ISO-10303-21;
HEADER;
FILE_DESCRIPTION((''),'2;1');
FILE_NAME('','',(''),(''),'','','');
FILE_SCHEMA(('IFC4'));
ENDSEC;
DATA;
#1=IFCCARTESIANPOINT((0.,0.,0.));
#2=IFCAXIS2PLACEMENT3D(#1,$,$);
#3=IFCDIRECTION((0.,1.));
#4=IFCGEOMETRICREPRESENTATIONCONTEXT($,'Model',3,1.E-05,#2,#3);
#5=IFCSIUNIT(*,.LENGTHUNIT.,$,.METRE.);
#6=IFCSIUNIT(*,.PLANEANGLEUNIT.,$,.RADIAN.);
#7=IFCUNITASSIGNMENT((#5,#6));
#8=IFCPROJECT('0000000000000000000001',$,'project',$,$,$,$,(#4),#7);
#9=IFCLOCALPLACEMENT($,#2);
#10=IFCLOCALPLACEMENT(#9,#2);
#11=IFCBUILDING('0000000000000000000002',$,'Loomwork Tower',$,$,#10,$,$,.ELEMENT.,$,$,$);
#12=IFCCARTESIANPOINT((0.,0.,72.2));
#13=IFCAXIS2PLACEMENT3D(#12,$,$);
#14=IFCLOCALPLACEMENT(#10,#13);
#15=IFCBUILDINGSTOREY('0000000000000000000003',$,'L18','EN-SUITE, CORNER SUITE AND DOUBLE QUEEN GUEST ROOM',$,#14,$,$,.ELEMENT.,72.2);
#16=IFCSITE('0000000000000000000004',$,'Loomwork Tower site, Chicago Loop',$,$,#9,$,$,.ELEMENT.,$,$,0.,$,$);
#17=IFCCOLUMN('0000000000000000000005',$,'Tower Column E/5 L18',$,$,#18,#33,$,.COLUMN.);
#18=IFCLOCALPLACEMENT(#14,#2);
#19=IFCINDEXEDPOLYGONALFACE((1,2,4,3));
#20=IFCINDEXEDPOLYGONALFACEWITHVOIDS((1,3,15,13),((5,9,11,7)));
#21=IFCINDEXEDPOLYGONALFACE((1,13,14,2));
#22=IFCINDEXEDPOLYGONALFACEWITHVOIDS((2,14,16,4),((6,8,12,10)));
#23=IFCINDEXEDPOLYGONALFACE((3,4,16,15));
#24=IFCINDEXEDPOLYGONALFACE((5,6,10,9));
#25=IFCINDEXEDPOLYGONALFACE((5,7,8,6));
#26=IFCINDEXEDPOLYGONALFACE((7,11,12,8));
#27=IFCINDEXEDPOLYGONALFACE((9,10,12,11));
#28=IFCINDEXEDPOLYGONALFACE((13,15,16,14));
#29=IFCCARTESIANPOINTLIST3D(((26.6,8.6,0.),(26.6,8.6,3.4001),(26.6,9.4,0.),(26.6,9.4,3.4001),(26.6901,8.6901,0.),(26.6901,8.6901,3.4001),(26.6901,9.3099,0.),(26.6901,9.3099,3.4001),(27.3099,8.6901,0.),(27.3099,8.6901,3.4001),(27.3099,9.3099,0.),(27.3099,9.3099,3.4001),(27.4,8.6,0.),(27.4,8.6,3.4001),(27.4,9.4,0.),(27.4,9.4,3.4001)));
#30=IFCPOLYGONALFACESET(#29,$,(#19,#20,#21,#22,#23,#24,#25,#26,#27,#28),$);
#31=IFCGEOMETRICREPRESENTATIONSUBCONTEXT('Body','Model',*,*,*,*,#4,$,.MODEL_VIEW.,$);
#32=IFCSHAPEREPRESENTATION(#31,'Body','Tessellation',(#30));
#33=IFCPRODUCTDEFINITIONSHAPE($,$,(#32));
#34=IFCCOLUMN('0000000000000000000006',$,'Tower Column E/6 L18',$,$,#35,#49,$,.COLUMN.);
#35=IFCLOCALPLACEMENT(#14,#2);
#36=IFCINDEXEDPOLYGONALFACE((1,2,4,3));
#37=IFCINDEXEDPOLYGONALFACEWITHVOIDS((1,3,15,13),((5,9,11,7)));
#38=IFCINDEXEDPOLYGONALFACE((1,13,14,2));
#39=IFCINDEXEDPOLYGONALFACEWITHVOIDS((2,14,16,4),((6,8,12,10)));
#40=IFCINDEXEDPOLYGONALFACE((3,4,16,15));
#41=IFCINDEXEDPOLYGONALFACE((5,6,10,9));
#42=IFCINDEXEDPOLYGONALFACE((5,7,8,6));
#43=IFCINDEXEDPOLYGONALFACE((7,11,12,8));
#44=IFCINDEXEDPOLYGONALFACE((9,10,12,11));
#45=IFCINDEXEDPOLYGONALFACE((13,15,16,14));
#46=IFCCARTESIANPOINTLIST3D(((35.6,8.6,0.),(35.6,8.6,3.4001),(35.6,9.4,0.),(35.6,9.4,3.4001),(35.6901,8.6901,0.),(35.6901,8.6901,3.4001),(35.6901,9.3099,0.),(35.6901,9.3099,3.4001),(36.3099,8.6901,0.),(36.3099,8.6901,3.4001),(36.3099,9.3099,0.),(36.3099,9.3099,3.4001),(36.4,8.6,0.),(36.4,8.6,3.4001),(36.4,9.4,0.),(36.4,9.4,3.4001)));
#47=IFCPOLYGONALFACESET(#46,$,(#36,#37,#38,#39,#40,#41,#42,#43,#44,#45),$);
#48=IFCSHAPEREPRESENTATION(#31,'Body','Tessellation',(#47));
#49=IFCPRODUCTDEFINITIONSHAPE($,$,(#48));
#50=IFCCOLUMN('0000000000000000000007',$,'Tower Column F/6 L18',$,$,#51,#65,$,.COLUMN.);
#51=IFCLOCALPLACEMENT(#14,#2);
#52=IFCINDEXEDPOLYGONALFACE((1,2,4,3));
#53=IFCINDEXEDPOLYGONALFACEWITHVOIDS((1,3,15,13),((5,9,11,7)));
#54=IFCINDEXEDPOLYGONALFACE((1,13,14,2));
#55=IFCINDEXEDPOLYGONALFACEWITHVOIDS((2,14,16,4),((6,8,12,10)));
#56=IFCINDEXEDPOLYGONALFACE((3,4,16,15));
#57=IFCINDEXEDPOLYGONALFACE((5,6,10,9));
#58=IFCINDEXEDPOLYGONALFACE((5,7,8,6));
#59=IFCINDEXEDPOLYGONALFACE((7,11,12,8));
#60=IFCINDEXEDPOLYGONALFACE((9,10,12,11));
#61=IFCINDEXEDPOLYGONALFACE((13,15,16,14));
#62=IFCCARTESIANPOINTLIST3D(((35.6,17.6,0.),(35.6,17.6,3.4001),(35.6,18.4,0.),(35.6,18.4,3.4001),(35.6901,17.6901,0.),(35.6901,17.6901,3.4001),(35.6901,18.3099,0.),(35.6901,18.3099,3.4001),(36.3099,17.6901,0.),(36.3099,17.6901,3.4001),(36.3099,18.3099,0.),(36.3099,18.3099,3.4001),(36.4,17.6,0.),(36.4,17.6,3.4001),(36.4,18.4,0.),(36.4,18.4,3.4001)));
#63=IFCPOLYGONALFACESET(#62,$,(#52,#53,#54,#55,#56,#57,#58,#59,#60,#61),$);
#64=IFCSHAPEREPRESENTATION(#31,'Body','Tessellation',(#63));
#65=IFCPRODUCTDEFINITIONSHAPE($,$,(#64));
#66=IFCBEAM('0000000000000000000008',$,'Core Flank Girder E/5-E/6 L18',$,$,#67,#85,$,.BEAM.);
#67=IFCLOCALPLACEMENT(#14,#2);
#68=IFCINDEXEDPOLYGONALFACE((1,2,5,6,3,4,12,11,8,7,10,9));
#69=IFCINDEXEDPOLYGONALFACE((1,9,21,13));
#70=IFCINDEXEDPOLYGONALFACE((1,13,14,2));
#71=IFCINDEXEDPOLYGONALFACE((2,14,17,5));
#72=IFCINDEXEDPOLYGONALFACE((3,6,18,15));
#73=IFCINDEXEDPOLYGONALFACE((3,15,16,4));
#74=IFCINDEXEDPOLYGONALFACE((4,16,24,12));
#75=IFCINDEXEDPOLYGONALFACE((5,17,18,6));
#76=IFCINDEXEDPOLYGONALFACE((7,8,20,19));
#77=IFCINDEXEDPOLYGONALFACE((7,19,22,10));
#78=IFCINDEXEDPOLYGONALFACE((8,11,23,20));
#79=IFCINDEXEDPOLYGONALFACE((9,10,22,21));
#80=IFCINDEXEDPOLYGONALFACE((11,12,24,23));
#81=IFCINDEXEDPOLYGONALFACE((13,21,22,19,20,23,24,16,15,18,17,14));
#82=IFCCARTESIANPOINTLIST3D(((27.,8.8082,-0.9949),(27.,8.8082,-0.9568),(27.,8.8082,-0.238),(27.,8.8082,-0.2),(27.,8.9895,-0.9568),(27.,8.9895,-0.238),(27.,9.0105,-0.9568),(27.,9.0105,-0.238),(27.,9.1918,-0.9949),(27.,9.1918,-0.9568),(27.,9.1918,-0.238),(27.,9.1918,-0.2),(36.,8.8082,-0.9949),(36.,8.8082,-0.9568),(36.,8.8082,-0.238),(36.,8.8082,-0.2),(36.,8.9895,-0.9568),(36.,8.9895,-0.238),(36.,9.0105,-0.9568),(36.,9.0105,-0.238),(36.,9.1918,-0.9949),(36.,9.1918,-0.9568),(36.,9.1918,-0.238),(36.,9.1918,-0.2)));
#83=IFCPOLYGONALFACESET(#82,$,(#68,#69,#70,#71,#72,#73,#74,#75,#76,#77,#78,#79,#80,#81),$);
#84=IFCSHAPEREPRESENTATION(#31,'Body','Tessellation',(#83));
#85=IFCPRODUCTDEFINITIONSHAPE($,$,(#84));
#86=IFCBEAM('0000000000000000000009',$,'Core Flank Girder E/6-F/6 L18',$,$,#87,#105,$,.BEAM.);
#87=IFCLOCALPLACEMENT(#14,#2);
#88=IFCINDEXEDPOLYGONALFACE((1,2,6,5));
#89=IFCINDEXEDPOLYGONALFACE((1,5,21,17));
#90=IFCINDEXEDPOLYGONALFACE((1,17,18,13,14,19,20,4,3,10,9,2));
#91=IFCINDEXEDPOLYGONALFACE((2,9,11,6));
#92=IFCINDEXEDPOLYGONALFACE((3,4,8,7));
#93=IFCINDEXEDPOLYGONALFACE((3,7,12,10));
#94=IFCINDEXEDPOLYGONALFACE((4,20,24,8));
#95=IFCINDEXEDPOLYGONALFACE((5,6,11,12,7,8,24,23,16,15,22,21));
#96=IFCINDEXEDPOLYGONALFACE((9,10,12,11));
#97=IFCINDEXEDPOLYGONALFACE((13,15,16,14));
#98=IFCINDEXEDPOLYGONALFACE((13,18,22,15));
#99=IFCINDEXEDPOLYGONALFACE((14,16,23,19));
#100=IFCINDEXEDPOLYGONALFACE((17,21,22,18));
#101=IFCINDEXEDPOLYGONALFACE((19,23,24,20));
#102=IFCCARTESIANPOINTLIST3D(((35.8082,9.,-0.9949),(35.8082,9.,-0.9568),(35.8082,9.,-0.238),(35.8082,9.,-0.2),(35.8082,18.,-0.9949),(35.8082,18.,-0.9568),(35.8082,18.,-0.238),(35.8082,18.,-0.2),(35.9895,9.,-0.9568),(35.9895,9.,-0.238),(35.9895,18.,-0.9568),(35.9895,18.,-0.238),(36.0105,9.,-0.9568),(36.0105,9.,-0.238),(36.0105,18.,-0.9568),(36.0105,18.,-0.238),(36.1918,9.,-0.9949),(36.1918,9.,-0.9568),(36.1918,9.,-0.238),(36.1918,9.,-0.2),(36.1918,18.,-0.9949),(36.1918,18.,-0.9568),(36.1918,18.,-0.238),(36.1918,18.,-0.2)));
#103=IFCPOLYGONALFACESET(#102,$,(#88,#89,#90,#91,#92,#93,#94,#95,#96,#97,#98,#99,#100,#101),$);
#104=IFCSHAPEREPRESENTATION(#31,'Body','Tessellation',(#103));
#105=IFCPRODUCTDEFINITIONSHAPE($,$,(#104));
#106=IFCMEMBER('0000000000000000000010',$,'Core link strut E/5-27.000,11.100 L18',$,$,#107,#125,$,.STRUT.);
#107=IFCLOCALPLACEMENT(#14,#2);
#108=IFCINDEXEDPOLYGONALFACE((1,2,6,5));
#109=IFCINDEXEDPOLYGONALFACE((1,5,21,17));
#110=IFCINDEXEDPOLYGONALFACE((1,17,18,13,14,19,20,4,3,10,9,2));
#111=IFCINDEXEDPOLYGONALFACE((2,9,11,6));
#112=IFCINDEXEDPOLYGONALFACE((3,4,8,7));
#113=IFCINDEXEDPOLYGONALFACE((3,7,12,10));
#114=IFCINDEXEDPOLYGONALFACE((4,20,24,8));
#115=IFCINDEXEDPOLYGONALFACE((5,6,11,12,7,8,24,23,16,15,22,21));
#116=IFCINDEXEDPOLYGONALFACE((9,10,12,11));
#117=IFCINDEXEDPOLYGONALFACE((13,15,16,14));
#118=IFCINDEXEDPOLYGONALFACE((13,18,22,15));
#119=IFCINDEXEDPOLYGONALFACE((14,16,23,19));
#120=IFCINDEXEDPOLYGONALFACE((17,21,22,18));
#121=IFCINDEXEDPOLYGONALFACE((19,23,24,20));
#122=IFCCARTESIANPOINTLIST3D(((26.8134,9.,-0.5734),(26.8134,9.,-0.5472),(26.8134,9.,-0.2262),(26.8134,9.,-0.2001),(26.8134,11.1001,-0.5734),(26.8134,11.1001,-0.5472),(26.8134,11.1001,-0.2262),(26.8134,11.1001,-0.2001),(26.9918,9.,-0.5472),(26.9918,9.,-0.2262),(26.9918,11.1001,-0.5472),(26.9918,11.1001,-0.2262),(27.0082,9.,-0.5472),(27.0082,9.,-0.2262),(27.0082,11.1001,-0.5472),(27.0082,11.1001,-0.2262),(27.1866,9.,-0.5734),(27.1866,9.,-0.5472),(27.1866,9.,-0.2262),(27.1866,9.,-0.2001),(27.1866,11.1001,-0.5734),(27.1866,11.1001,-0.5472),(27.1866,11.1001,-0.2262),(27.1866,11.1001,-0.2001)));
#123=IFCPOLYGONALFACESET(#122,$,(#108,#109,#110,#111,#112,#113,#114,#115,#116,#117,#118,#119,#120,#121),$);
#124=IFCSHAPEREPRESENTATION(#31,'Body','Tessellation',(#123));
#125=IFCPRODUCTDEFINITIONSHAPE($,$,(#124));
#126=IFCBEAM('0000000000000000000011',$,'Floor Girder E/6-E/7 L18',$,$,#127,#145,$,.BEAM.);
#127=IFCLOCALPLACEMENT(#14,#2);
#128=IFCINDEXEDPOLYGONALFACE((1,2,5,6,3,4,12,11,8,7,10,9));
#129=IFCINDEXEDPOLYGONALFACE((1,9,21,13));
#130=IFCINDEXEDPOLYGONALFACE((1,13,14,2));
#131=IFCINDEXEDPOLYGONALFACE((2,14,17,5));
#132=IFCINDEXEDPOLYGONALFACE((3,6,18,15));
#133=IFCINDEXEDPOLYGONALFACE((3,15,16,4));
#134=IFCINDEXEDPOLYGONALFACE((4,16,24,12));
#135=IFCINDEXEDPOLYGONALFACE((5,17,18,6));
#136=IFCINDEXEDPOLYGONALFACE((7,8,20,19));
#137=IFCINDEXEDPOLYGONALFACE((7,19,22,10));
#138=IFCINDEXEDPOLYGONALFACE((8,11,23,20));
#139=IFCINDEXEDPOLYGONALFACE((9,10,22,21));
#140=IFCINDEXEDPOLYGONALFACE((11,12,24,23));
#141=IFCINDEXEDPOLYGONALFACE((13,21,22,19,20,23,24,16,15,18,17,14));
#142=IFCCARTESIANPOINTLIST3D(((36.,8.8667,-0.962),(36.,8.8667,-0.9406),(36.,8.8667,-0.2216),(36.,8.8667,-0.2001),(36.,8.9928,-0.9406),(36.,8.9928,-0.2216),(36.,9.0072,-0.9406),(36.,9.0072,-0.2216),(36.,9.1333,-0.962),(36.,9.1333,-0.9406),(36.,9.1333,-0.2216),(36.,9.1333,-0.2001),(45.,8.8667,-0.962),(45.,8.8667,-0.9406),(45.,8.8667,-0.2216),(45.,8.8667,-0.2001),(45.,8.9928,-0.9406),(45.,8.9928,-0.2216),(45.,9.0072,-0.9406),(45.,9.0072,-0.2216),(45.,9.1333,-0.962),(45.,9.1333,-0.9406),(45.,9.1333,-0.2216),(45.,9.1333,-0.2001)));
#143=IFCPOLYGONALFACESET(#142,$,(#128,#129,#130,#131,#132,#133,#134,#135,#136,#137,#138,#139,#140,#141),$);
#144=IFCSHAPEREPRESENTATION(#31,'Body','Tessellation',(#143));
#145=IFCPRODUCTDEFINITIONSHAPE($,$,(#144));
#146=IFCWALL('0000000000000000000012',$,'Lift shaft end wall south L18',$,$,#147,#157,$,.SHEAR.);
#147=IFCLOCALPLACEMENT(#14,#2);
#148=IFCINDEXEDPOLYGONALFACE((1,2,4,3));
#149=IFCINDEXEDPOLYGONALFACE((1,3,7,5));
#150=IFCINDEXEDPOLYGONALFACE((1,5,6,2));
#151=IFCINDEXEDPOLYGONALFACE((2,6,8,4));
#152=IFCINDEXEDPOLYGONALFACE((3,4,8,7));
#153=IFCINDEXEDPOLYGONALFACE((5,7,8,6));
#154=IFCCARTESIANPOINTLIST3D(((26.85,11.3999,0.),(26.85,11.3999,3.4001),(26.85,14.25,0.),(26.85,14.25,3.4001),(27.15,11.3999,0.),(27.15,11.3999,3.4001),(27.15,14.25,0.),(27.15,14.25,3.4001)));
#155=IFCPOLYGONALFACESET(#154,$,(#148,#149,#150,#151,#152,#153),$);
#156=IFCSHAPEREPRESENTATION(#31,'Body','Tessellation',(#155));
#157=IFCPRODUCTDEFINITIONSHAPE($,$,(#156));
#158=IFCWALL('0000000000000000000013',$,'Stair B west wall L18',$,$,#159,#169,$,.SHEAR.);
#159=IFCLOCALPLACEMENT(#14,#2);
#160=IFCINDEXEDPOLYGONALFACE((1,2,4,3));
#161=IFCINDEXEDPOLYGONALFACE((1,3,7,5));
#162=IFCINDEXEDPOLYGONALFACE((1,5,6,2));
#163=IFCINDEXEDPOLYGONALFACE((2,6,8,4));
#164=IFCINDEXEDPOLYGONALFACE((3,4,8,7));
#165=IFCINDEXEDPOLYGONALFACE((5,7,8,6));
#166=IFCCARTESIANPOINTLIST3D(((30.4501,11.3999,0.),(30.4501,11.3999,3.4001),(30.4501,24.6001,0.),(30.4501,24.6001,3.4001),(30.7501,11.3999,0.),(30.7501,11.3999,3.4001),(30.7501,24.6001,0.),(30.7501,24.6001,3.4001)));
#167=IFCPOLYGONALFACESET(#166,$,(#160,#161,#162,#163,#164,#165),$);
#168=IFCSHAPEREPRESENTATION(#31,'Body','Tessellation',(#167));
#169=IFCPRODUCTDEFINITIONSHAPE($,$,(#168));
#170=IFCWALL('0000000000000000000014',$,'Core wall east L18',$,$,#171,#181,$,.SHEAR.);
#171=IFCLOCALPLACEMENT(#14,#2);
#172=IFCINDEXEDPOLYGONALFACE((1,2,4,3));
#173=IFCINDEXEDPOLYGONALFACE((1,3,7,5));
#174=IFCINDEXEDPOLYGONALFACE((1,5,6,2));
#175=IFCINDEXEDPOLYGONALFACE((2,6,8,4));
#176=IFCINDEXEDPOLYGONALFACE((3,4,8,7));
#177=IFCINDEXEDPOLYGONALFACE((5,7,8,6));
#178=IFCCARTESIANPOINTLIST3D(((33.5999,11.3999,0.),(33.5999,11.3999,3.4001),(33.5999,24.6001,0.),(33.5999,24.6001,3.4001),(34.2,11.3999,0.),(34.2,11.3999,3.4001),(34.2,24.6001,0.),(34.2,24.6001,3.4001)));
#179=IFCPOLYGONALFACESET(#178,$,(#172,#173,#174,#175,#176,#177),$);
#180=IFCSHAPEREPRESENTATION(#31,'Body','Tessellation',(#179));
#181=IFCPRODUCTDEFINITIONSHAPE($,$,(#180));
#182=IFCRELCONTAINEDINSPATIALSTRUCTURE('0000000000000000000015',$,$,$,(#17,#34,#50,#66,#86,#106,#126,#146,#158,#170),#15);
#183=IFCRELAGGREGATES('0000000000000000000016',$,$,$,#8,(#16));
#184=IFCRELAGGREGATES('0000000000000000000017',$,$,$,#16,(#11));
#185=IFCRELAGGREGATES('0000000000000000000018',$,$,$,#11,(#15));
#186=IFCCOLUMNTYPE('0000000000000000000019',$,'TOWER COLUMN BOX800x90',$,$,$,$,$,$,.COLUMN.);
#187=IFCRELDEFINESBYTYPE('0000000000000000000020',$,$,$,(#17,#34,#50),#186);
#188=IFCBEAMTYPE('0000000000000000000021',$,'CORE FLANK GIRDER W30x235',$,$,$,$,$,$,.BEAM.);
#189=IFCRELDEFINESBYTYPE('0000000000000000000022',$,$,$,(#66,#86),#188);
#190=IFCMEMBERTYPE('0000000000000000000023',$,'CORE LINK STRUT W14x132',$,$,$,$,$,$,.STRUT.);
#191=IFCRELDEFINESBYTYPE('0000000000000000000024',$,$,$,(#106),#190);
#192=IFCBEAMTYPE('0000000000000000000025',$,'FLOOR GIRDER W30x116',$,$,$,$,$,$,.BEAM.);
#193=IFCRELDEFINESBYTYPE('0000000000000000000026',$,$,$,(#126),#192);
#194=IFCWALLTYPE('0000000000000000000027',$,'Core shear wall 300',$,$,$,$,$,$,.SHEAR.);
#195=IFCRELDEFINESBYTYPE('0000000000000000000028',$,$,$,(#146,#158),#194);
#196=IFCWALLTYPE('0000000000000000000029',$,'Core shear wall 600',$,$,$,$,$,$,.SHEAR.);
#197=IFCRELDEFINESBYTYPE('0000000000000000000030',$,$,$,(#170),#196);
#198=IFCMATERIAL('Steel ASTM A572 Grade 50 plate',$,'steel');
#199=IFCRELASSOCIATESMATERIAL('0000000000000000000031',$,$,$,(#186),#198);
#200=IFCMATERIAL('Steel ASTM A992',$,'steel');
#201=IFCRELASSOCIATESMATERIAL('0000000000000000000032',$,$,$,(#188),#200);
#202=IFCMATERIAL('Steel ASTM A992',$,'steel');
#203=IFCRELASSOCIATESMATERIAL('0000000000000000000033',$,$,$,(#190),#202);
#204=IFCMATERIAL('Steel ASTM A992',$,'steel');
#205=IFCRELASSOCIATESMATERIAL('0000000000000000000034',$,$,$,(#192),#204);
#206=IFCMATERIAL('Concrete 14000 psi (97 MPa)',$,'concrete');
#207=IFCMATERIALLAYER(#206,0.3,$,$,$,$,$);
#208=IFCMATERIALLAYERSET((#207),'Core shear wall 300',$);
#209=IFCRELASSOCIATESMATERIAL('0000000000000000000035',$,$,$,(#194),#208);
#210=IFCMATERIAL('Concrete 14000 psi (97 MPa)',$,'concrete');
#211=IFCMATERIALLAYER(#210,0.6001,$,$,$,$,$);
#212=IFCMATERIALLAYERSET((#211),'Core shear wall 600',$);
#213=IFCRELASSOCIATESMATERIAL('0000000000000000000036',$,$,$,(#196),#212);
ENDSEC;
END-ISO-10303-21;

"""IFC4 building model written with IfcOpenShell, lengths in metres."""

from ifc_helpers import new_model, si_unit, direction, frame, frame_2d, origin, origin_2d, place, context, subcontext, project, spatial, rectangle, hollow_rectangle, i_section, extrude, material, layer, layer_set, material_profile, profile_set, type_object, element, save


model = new_model("IFC4")

# Units and contexts
model_context = context("Model", 3, precision=1e-05, world=origin(), true_north=direction((0.0, 1.0)))
body_context = subcontext(model_context, "Body", "Model", "MODEL_VIEW")
ifc_project = project(units=[si_unit("LENGTHUNIT", "METRE"), si_unit("PLANEANGLEUNIT", "RADIAN")], contexts=[model_context])

# Site, building, storey
site_placement = place(None, origin())
site = spatial("IfcSite", under=ifc_project, at=site_placement, Name="Loomwork Tower site, Chicago Loop", CompositionType="ELEMENT", RefElevation=0.0)
building_placement = place(site_placement, origin())
building = spatial("IfcBuilding", under=site, at=building_placement, Name="Loomwork Tower", CompositionType="ELEMENT")
storey_placement = place(building_placement, frame((0.0, 0.0, 72.2)))
storey = spatial("IfcBuildingStorey", under=building, at=storey_placement, Name="L18", Description="EN-SUITE, CORNER SUITE AND DOUBLE QUEEN GUEST ROOM", CompositionType="ELEMENT", Elevation=72.2)

# Columns
ifc_material_1 = material(Name="Steel ASTM A572 Grade 50 plate", Category="steel")
ifc_material_profile_1 = material_profile(ifc_material_1, hollow_rectangle(XDim=0.8, YDim=0.8, WallThickness=0.0901, at=origin_2d()), Name="BOX800x90")
ifc_profile_set_1 = profile_set([ifc_material_profile_1], Name="Steel ASTM A572 Grade 50 plate")
column_type = type_object("IfcColumnType", Name="TOWER COLUMN BOX800x90", PredefinedType="COLUMN", material=ifc_profile_set_1)
for number, where, z_axis, x_axis, name in (
    (1, (27.0, 9.0, 0.0), (0.0, 0.0, 1.0), (1.0, 0.0, 0.0), "Tower Column E/5 L18"),
    (2, (36.0, 9.0, 0.0), (0.0, 0.0, 1.0), (0.0, 1.0, 0.0), "Tower Column E/6 L18"),
    (3, (36.0, 18.0, 0.0), (0.0, 0.0, 1.0), (0.0, 1.0, 0.0), "Tower Column F/6 L18"),
):
    element("IfcColumn", number, at=place(storey_placement, frame(where, z_axis=z_axis, x_axis=x_axis)), inside=storey, type_object=column_type, Name=name, PredefinedType="COLUMN", context=body_context, shape_type="SweptSolid", body=[
        extrude(hollow_rectangle(XDim=0.8, YDim=0.8, WallThickness=0.0901, at=origin_2d()), origin(), (0.0, 0.0, 1.0), 3.4001),
    ])

# Beams
ifc_material_2 = material(Name="Steel ASTM A992", Category="steel")
ifc_material_profile_2 = material_profile(ifc_material_2, i_section(OverallWidth=0.3835, OverallDepth=0.7949, WebThickness=0.021, FlangeThickness=0.0381, at=origin_2d()), Name="W30x235")
ifc_profile_set_2 = profile_set([ifc_material_profile_2], Name="Steel ASTM A992")
beam_type_1 = type_object("IfcBeamType", Name="CORE FLANK GIRDER W30x235", PredefinedType="BEAM", material=ifc_profile_set_2)
for number, where, z_axis, x_axis, name in (
    (4, (27.0, 9.0, -0.5974), (1.0, 0.0, 0.0), (0.0, 1.0, 0.0), "Core Flank Girder E/5-E/6 L18"),
    (5, (36.0, 9.0, -0.5974), (0.0, 1.0, 0.0), (-1.0, 0.0, 0.0), "Core Flank Girder E/6-F/6 L18"),
):
    element("IfcBeam", number, at=place(storey_placement, frame(where, z_axis=z_axis, x_axis=x_axis)), inside=storey, type_object=beam_type_1, Name=name, PredefinedType="BEAM", context=body_context, shape_type="SweptSolid", body=[
        extrude(i_section(OverallWidth=0.3835, OverallDepth=0.7949, WebThickness=0.021, FlangeThickness=0.0381, at=origin_2d()), origin(), (0.0, 0.0, 1.0), 9.0),
    ])

# Member
ifc_material_3 = material(Name="Steel ASTM A992", Category="steel")
ifc_material_profile_3 = material_profile(ifc_material_3, i_section(OverallWidth=0.3733, OverallDepth=0.3733, WebThickness=0.0164, FlangeThickness=0.0261, at=origin_2d()), Name="W14x132")
ifc_profile_set_3 = profile_set([ifc_material_profile_3], Name="Steel ASTM A992")
member_type = type_object("IfcMemberType", Name="CORE LINK STRUT W14x132", PredefinedType="STRUT", material=ifc_profile_set_3)
member_placement = place(storey_placement, frame((27.0, 9.0, -0.3867), z_axis=(0.0, 1.0, 0.0), x_axis=(-1.0, 0.0, 0.0)))
element("IfcMember", 6, at=member_placement, inside=storey, type_object=member_type, Name="Core link strut E/5-27.000,11.100 L18", PredefinedType="STRUT", context=body_context, shape_type="SweptSolid", body=[
    extrude(i_section(OverallWidth=0.3733, OverallDepth=0.3733, WebThickness=0.0164, FlangeThickness=0.0261, at=origin_2d()), origin(), (0.0, 0.0, 1.0), 2.1001),
])

# Beam
ifc_material_4 = material(Name="Steel ASTM A992", Category="steel")
ifc_material_profile_4 = material_profile(ifc_material_4, i_section(OverallWidth=0.2666, OverallDepth=0.762, WebThickness=0.0144, FlangeThickness=0.0215, at=origin_2d()), Name="W30x116")
ifc_profile_set_4 = profile_set([ifc_material_profile_4], Name="Steel ASTM A992")
beam_type_2 = type_object("IfcBeamType", Name="FLOOR GIRDER W30x116", PredefinedType="BEAM", material=ifc_profile_set_4)
beam_placement = place(storey_placement, frame((36.0, 9.0, -0.5811), z_axis=(1.0, 0.0, 0.0), x_axis=(0.0, 1.0, 0.0)))
element("IfcBeam", 7, at=beam_placement, inside=storey, type_object=beam_type_2, Name="Floor Girder E/6-E/7 L18", PredefinedType="BEAM", context=body_context, shape_type="SweptSolid", body=[
    extrude(i_section(OverallWidth=0.2666, OverallDepth=0.762, WebThickness=0.0144, FlangeThickness=0.0215, at=origin_2d()), origin(), (0.0, 0.0, 1.0), 9.0),
])

# Walls
ifc_material_5 = material(Name="Concrete 14000 psi (97 MPa)", Category="concrete")
ifc_layer_1 = layer(ifc_material_5, 0.3)
ifc_layer_set_1 = layer_set([ifc_layer_1], Name="Core shear wall 300")
wall_type_1 = type_object("IfcWallType", Name="Core shear wall 300", PredefinedType="SHEAR", material=ifc_layer_set_1)
wall_1_placement = place(storey_placement, frame((27.0, 11.3999, 0.0), z_axis=(0.0, 0.0, 1.0), x_axis=(0.0, 1.0, 0.0)))
element("IfcWall", 8, at=wall_1_placement, inside=storey, type_object=wall_type_1, Name="Lift shaft end wall south L18", PredefinedType="SHEAR", context=body_context, shape_type="SweptSolid", body=[
    extrude(rectangle(XDim=2.8501, YDim=0.3, at=frame_2d((1.425, 0.0))), origin(), (0.0, 0.0, 1.0), 3.4001),
])
wall_2_placement = place(storey_placement, frame((30.6001, 11.3999, 0.0), z_axis=(0.0, 0.0, 1.0), x_axis=(0.0, 1.0, 0.0)))
element("IfcWall", 9, at=wall_2_placement, inside=storey, type_object=wall_type_1, Name="Stair B west wall L18", PredefinedType="SHEAR", context=body_context, shape_type="SweptSolid", body=[
    extrude(rectangle(XDim=13.2002, YDim=0.3, at=frame_2d((6.6001, 0.0))), origin(), (0.0, 0.0, 1.0), 3.4001),
])
ifc_material_6 = material(Name="Concrete 14000 psi (97 MPa)", Category="concrete")
ifc_layer_2 = layer(ifc_material_6, 0.6001)
ifc_layer_set_2 = layer_set([ifc_layer_2], Name="Core shear wall 600")
wall_type_2 = type_object("IfcWallType", Name="Core shear wall 600", PredefinedType="SHEAR", material=ifc_layer_set_2)
wall_3_placement = place(storey_placement, frame((33.8999, 11.3999, 0.0), z_axis=(0.0, 0.0, 1.0), x_axis=(0.0, 1.0, 0.0)))
element("IfcWall", 10, at=wall_3_placement, inside=storey, type_object=wall_type_2, Name="Core wall east L18", PredefinedType="SHEAR", context=body_context, shape_type="SweptSolid", body=[
    extrude(rectangle(XDim=13.2002, YDim=0.6001, at=frame_2d((6.6001, 0.0))), origin(), (0.0, 0.0, 1.0), 3.4001),
])

save(model, "model.ifc")
